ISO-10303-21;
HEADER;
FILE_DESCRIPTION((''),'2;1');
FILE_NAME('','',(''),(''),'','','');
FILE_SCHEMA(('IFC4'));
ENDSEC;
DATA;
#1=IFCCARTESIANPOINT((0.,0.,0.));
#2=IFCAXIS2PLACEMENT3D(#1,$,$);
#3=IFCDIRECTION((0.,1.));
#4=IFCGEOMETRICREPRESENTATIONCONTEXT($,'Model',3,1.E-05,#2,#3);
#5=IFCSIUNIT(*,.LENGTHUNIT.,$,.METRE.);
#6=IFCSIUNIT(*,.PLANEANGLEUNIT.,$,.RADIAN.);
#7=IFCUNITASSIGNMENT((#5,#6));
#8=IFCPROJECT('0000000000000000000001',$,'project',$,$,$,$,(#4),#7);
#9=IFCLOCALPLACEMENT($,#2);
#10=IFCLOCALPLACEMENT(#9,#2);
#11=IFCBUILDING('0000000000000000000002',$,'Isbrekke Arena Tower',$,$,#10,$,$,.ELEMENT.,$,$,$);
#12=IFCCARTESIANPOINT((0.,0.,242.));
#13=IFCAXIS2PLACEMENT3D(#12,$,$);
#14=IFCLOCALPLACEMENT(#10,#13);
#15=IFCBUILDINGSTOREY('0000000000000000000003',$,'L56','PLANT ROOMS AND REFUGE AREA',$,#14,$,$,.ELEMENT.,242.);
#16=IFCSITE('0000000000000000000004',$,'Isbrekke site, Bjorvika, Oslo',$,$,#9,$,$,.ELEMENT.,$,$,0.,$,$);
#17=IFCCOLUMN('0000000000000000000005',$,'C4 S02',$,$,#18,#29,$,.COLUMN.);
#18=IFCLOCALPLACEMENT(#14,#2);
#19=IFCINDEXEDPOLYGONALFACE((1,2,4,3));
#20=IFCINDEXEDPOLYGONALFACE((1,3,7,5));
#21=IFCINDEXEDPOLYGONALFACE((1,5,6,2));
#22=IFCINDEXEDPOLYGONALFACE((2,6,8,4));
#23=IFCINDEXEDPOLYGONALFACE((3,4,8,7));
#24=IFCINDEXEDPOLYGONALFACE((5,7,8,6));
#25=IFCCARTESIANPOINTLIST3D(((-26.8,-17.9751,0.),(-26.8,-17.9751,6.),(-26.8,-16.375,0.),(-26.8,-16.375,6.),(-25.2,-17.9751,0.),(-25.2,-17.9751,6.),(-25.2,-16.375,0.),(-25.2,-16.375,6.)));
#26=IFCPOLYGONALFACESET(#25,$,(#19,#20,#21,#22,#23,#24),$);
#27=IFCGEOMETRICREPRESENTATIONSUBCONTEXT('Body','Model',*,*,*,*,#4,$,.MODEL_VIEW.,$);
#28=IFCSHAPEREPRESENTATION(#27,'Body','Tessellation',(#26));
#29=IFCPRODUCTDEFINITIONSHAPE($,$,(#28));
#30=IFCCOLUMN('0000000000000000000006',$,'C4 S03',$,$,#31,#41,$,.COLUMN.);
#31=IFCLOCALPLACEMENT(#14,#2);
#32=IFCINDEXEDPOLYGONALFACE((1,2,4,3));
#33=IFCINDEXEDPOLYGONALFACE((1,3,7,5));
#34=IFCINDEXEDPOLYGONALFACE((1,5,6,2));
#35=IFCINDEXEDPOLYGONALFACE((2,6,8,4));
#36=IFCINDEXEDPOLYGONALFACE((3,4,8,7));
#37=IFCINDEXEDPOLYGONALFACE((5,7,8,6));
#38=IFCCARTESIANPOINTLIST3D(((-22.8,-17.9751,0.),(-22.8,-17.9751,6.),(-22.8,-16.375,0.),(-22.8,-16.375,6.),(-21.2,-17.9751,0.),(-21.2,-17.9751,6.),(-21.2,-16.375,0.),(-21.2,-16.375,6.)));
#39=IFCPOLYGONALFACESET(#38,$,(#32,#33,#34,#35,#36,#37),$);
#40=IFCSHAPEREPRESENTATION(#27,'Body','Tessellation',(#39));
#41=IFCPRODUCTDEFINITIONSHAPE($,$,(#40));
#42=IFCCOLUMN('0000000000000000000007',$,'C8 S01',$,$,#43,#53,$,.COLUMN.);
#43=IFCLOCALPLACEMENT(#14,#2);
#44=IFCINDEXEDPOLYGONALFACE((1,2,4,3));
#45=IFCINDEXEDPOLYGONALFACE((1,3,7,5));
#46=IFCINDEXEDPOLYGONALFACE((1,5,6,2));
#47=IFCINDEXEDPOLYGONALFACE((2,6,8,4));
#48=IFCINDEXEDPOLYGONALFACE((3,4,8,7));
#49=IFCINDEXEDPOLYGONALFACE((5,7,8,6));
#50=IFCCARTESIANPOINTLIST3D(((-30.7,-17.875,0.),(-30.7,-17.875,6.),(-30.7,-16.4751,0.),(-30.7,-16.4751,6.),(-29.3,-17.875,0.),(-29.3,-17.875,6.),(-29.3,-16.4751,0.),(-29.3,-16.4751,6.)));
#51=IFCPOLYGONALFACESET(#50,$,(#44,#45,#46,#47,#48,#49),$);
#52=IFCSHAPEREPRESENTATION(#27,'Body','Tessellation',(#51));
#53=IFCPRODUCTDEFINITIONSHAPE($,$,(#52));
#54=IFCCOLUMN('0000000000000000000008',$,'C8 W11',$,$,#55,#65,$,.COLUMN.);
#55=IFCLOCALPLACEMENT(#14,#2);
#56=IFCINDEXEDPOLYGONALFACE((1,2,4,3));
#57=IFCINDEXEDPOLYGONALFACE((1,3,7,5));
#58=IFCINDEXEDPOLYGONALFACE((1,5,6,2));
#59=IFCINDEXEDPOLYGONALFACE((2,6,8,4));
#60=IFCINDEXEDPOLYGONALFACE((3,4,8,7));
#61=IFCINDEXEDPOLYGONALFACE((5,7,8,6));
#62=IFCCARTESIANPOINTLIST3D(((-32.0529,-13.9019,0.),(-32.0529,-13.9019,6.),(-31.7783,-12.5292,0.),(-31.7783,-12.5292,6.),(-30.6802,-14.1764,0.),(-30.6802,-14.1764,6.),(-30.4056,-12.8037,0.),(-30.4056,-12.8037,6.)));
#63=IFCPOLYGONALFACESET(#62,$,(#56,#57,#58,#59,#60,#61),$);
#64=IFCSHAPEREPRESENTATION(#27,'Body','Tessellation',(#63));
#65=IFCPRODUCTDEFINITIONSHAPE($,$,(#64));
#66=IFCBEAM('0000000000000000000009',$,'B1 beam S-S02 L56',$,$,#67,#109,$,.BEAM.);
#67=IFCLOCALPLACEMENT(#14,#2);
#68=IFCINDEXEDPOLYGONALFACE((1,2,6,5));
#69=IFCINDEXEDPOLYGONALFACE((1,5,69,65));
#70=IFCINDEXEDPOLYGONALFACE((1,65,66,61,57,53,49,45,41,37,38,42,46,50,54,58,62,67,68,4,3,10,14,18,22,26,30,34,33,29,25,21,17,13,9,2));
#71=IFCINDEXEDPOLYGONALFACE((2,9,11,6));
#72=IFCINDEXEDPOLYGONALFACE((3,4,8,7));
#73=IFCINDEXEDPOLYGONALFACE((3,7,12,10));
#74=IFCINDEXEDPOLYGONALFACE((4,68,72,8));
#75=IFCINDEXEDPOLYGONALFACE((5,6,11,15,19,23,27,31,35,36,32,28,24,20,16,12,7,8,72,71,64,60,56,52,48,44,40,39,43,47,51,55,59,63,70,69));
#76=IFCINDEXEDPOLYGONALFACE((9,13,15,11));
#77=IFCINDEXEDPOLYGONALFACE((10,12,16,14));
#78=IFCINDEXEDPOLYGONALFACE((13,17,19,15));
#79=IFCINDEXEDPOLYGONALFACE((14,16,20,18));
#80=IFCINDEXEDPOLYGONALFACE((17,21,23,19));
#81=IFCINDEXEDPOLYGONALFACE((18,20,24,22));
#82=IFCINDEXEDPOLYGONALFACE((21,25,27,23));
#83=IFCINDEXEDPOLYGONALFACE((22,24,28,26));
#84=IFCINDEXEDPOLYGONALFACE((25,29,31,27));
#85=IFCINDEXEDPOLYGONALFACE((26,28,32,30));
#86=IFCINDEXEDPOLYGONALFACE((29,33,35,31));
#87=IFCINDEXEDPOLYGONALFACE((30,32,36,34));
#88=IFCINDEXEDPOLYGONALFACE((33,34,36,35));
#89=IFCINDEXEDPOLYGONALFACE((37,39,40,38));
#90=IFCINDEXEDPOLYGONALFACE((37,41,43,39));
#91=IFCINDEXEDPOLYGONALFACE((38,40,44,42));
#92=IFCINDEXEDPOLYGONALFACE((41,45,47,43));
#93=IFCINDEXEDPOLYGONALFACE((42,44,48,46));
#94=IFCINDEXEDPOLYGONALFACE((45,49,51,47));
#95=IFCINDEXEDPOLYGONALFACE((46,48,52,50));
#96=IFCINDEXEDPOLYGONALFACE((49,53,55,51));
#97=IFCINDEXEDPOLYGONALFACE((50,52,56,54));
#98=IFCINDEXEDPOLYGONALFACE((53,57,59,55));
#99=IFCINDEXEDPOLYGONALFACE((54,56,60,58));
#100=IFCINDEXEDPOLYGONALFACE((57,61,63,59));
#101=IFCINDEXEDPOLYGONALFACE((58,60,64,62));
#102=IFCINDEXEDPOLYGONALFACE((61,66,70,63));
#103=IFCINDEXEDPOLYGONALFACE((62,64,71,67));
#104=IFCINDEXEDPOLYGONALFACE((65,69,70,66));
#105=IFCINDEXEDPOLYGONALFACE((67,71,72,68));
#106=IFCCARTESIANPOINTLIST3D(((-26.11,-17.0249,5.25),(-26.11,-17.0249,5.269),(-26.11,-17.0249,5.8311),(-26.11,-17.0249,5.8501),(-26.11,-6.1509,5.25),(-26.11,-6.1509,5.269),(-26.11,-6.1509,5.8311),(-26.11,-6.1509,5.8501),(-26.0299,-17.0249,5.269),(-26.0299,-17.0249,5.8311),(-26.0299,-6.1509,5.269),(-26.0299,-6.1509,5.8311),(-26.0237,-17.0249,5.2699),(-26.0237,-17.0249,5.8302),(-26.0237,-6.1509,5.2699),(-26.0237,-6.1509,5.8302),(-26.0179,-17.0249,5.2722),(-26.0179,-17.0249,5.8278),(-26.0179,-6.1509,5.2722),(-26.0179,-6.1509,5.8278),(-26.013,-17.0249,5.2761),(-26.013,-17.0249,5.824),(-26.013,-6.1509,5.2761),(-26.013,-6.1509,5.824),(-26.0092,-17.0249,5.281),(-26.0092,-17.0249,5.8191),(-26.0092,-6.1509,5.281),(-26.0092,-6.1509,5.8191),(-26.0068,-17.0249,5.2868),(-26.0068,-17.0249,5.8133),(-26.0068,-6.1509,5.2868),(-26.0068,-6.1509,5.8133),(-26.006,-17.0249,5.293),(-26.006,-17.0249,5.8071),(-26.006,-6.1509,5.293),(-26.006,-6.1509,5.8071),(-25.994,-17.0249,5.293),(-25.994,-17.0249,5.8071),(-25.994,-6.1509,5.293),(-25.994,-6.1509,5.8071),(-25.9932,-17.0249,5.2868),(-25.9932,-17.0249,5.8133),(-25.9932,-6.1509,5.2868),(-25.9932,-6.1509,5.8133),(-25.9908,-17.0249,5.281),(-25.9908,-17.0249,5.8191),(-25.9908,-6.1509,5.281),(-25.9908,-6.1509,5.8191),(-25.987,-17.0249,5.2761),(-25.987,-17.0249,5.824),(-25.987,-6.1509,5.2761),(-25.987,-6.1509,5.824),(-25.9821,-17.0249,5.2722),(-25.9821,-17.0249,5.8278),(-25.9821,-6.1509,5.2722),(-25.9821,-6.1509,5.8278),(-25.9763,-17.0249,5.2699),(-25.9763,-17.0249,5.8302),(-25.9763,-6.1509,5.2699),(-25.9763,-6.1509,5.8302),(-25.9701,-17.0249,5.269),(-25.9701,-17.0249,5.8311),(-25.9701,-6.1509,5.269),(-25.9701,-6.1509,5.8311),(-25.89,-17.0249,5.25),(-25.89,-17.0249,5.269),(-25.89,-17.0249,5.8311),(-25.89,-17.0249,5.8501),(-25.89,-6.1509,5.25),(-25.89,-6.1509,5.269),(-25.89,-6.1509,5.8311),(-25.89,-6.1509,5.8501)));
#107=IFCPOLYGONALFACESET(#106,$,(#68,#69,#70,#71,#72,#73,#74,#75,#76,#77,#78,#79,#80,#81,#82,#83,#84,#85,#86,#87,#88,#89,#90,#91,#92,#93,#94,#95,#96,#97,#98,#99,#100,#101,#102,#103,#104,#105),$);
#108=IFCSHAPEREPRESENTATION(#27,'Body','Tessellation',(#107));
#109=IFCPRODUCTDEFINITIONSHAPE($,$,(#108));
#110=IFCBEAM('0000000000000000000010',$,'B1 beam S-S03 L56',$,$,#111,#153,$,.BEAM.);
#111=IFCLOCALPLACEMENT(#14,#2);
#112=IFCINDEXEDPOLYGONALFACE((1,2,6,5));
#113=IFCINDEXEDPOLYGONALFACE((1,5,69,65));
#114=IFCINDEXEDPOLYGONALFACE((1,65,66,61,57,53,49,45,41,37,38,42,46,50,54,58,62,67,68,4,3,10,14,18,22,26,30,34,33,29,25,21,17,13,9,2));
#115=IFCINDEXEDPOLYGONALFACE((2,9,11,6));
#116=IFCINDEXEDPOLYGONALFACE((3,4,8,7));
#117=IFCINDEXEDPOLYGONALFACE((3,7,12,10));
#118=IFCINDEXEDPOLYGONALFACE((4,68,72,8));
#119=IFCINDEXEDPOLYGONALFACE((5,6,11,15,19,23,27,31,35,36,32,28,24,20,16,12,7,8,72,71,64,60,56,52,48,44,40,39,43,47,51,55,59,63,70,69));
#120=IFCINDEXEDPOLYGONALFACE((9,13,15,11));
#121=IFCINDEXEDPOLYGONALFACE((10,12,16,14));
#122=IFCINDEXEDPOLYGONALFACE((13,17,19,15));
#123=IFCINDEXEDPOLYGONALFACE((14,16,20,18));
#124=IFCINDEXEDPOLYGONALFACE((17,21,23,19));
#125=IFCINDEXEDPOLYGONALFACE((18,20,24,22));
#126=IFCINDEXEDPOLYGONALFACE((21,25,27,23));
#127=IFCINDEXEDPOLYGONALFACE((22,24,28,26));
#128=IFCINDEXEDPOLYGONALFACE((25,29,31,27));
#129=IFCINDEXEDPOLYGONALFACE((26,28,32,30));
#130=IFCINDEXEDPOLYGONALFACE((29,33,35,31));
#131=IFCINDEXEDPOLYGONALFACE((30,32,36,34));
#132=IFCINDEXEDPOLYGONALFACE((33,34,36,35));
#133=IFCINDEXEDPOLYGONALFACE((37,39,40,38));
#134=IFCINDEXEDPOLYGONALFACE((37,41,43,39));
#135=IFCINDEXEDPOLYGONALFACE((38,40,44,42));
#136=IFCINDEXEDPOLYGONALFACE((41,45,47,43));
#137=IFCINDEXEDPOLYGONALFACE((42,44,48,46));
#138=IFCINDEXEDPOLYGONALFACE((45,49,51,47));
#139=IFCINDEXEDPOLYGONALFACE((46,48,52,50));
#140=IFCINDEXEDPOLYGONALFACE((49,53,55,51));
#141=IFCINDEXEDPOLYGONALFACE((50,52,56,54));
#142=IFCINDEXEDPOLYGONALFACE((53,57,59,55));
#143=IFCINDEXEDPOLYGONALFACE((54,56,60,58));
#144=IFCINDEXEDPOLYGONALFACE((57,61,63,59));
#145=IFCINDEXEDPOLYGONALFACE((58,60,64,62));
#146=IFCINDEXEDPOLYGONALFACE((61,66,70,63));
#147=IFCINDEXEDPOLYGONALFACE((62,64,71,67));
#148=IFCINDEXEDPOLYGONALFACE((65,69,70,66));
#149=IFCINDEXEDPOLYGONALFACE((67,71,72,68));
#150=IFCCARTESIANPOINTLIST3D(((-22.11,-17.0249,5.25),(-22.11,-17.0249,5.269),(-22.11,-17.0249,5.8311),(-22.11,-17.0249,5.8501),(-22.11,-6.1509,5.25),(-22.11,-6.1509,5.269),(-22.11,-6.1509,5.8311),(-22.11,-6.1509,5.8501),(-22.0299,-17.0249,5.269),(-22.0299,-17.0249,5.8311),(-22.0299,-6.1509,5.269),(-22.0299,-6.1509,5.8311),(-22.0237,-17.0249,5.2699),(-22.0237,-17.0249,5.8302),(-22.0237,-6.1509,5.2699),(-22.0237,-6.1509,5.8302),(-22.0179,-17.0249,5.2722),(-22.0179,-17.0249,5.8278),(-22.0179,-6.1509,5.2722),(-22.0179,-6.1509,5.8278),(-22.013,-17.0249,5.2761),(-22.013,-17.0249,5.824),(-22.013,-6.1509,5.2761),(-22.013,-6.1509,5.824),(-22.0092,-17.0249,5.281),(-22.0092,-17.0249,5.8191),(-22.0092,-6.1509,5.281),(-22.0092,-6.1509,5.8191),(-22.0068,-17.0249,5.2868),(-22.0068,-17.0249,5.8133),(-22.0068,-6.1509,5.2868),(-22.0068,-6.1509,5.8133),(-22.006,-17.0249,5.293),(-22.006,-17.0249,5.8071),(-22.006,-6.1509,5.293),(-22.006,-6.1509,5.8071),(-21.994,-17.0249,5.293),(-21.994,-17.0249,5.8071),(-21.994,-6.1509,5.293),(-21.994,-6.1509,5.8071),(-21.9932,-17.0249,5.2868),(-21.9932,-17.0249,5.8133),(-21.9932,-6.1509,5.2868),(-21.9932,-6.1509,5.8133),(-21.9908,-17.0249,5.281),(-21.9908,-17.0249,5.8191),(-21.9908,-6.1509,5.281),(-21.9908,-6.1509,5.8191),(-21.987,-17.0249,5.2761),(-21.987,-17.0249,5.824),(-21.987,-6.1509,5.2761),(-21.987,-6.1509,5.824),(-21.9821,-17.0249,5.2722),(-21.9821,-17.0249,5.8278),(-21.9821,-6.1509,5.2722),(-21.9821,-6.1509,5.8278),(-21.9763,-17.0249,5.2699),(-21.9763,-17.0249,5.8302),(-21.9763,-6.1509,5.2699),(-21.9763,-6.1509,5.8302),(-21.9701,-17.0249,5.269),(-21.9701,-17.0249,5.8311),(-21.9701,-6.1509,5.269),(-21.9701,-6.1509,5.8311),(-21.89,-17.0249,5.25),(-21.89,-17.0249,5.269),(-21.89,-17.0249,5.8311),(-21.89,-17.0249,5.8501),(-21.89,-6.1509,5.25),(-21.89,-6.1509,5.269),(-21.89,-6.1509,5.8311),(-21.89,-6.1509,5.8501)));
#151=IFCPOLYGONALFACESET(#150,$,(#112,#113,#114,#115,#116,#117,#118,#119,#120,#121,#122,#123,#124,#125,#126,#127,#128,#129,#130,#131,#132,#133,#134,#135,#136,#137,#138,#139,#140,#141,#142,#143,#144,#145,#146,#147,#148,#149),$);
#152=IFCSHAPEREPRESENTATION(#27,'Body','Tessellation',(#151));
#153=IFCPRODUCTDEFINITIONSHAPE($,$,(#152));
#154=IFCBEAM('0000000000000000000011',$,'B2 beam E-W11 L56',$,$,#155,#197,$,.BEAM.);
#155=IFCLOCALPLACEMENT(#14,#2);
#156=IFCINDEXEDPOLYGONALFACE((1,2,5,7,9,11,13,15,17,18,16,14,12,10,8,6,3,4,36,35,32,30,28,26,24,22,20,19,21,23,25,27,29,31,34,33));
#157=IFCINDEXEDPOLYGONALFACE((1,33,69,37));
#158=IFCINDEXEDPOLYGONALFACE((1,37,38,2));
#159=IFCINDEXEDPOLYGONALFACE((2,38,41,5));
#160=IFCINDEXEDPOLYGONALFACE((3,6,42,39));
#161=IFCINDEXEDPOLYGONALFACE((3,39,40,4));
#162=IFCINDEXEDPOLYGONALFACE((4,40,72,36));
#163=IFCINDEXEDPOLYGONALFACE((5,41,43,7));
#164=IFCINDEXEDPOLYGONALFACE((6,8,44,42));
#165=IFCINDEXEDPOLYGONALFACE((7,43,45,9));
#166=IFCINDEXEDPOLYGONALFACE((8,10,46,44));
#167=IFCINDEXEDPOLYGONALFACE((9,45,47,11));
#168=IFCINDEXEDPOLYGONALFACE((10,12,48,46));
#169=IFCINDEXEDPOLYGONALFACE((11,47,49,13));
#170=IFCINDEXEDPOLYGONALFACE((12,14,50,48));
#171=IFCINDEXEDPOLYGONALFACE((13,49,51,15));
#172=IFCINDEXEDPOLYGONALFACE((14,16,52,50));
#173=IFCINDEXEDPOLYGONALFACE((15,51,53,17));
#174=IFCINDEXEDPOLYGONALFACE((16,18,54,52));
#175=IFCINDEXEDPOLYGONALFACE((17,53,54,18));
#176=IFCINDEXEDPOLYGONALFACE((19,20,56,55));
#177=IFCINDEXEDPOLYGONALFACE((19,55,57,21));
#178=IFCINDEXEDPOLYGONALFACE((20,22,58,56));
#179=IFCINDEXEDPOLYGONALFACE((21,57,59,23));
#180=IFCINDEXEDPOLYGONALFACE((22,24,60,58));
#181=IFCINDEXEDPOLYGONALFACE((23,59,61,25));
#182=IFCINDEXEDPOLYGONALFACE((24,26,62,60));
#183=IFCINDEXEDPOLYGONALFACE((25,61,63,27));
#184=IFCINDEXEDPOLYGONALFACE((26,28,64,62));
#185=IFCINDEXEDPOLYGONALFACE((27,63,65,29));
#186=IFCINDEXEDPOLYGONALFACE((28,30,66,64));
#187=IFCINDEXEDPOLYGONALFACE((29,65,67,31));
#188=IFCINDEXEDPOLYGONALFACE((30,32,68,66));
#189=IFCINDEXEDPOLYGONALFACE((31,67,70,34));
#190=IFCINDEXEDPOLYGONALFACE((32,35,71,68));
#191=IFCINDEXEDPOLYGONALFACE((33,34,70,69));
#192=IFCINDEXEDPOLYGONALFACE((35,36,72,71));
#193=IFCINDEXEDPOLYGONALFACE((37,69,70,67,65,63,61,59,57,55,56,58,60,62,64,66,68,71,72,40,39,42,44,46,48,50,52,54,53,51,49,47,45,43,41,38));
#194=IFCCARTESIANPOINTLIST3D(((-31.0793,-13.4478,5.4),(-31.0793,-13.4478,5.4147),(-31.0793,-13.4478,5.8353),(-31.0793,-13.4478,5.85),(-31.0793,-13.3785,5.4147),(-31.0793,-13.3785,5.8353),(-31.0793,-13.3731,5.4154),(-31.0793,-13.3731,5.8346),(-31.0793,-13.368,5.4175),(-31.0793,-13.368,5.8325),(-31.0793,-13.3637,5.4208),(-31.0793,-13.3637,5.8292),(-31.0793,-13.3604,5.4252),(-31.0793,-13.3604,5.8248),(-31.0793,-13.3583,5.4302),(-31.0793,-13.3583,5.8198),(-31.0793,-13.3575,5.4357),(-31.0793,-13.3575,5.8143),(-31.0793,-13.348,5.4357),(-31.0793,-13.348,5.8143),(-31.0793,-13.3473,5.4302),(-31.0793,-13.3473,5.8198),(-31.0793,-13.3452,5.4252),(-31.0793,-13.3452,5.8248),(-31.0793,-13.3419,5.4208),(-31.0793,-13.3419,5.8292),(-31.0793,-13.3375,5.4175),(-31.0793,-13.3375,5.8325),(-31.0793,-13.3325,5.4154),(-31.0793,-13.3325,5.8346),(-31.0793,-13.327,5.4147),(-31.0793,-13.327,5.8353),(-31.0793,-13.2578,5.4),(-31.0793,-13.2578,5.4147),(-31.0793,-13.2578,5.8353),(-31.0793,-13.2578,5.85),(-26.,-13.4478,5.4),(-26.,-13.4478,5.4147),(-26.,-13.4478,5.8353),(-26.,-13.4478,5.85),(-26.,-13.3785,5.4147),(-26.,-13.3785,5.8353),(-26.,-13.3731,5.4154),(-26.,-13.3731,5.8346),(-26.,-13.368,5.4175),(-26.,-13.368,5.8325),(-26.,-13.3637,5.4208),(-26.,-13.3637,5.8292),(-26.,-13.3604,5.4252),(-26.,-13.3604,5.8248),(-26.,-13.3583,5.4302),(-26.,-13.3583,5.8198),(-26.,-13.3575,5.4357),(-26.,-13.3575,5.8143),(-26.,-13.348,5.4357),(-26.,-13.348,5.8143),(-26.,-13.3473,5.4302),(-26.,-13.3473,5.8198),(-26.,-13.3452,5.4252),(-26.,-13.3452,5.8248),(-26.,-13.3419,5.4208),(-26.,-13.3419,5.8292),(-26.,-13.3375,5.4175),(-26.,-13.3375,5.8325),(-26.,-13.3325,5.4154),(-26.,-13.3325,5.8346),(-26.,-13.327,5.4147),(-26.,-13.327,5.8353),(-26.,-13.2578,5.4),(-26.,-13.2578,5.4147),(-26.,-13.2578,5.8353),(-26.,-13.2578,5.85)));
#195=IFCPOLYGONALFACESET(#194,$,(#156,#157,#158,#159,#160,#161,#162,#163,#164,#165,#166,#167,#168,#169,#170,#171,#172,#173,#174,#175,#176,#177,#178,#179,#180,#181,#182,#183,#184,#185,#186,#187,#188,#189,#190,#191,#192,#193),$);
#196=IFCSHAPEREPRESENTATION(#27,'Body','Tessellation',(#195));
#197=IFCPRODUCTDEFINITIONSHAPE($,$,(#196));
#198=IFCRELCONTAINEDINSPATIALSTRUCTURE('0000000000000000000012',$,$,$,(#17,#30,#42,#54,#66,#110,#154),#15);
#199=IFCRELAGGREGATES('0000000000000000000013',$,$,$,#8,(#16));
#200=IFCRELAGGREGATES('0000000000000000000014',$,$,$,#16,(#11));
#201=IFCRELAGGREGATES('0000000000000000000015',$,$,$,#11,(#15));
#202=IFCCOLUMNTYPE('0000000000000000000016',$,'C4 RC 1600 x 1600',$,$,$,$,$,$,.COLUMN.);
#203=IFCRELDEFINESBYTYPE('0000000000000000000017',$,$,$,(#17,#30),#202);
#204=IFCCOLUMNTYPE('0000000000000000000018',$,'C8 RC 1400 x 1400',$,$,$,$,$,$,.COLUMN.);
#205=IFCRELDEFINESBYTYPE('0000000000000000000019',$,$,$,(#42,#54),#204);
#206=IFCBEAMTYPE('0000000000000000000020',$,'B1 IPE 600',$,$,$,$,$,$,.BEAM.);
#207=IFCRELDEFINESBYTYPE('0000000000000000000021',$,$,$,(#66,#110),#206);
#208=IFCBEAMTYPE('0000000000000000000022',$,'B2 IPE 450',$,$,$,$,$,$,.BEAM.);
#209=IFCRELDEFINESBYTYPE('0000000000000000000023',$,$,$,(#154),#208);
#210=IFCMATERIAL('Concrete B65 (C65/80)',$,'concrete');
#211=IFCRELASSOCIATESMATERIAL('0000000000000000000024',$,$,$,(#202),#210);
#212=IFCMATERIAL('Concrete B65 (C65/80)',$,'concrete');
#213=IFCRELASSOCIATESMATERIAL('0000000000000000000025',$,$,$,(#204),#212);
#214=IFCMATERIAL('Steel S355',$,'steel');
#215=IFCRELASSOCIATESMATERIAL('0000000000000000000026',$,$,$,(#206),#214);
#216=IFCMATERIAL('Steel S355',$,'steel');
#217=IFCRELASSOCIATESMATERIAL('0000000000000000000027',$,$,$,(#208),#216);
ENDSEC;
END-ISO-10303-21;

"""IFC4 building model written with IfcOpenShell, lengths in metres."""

from ifc_helpers import new_model, si_unit, direction, frame, origin, origin_2d, place, context, subcontext, project, spatial, rectangle, i_section, extrude, material, material_profile, profile_set, type_object, element, save


model = new_model("IFC4")

# Units and contexts
model_context = context("Model", 3, precision=1e-05, world=origin(), true_north=direction((0.0, 1.0)))
body_context = subcontext(model_context, "Body", "Model", "MODEL_VIEW")
ifc_project = project(units=[si_unit("LENGTHUNIT", "METRE"), si_unit("PLANEANGLEUNIT", "RADIAN")], contexts=[model_context])

# Site, building, storey
site_placement = place(None, origin())
site = spatial("IfcSite", under=ifc_project, at=site_placement, Name="Isbrekke site, Bjorvika, Oslo", CompositionType="ELEMENT", RefElevation=0.0)
building_placement = place(site_placement, origin())
building = spatial("IfcBuilding", under=site, at=building_placement, Name="Isbrekke Arena Tower", CompositionType="ELEMENT")
storey_placement = place(building_placement, frame((0.0, 0.0, 242.0)))
storey = spatial("IfcBuildingStorey", under=building, at=storey_placement, Name="L56", Description="PLANT ROOMS AND REFUGE AREA", CompositionType="ELEMENT", Elevation=242.0)

# Columns
ifc_material_1 = material(Name="Concrete B65 (C65/80)", Category="concrete")
ifc_material_profile_1 = material_profile(ifc_material_1, rectangle(XDim=1.6001, YDim=1.6001, at=origin_2d()), Name="RC 1600x1600")
ifc_profile_set_1 = profile_set([ifc_material_profile_1], Name="Concrete B65 (C65/80)")
column_type_1 = type_object("IfcColumnType", Name="C4 RC 1600 x 1600", PredefinedType="COLUMN", material=ifc_profile_set_1)
for number, where, z_axis, x_axis, name in (
    (1, (-26.0, -17.175, 0.0), (0.0, 0.0, 1.0), (1.0, 0.0, 0.0), "C4 S02"),
    (2, (-22.0, -17.175, 0.0), (0.0, 0.0, 1.0), (1.0, 0.0, 0.0), "C4 S03"),
):
    element("IfcColumn", number, at=place(storey_placement, frame(where, z_axis=z_axis, x_axis=x_axis)), inside=storey, type_object=column_type_1, Name=name, PredefinedType="COLUMN", context=body_context, shape_type="SweptSolid", body=[
        extrude(rectangle(XDim=1.6001, YDim=1.6001, at=origin_2d()), origin(), (0.0, 0.0, 1.0), 6.0),
    ])
ifc_material_2 = material(Name="Concrete B65 (C65/80)", Category="concrete")
ifc_material_profile_2 = material_profile(ifc_material_2, rectangle(XDim=1.3999, YDim=1.3999, at=origin_2d()), Name="RC 1400x1400")
ifc_profile_set_2 = profile_set([ifc_material_profile_2], Name="Concrete B65 (C65/80)")
column_type_2 = type_object("IfcColumnType", Name="C8 RC 1400 x 1400", PredefinedType="COLUMN", material=ifc_profile_set_2)
for number, where, z_axis, x_axis, name in (
    (3, (-30.0, -17.175, 0.0), (0.0, 0.0, 1.0), (1.0, 0.0, 0.0), "C8 S01"),
    (4, (-31.2292, -13.3528, 0.0), (0.0, 0.0, 1.0), (-0.196116, -0.980581, 0.0), "C8 W11"),
):
    element("IfcColumn", number, at=place(storey_placement, frame(where, z_axis=z_axis, x_axis=x_axis)), inside=storey, type_object=column_type_2, Name=name, PredefinedType="COLUMN", context=body_context, shape_type="SweptSolid", body=[
        extrude(rectangle(XDim=1.3999, YDim=1.3999, at=origin_2d()), origin(), (0.0, 0.0, 1.0), 6.0),
    ])

# Beams
ifc_material_3 = material(Name="Steel S355", Category="steel")
ifc_material_profile_3 = material_profile(ifc_material_3, i_section(OverallWidth=0.22, OverallDepth=0.6001, WebThickness=0.012, FlangeThickness=0.019, FilletRadius=0.0239, at=origin_2d()), Name="IPE 600")
ifc_profile_set_3 = profile_set([ifc_material_profile_3], Name="Steel S355")
beam_type_1 = type_object("IfcBeamType", Name="B1 IPE 600", PredefinedType="BEAM", material=ifc_profile_set_3)
for number, where, z_axis, x_axis, name in (
    (5, (-26.0, -17.0249, 5.55), (0.0, 1.0, 0.0), (-1.0, 0.0, 0.0), "B1 beam S-S02 L56"),
    (6, (-22.0, -17.0249, 5.55), (0.0, 1.0, 0.0), (-1.0, 0.0, 0.0), "B1 beam S-S03 L56"),
):
    element("IfcBeam", number, at=place(storey_placement, frame(where, z_axis=z_axis, x_axis=x_axis)), inside=storey, type_object=beam_type_1, Name=name, PredefinedType="BEAM", context=body_context, shape_type="SweptSolid", body=[
        extrude(i_section(OverallWidth=0.22, OverallDepth=0.6001, WebThickness=0.012, FlangeThickness=0.019, FilletRadius=0.0239, at=origin_2d()), origin(), (0.0, 0.0, 1.0), 10.874),
    ])
ifc_material_4 = material(Name="Steel S355", Category="steel")
ifc_material_profile_4 = material_profile(ifc_material_4, i_section(OverallWidth=0.1899, OverallDepth=0.45, WebThickness=0.0095, FlangeThickness=0.0146, FilletRadius=0.021, at=origin_2d()), Name="IPE 450")
ifc_profile_set_4 = profile_set([ifc_material_profile_4], Name="Steel S355")
beam_type_2 = type_object("IfcBeamType", Name="B2 IPE 450", PredefinedType="BEAM", material=ifc_profile_set_4)
beam_1_placement = place(storey_placement, frame((-31.0793, -13.3528, 5.625), z_axis=(1.0, 0.0, 0.0), x_axis=(0.0, 1.0, 0.0)))
element("IfcBeam", 7, at=beam_1_placement, inside=storey, type_object=beam_type_2, Name="B2 beam E-W11 L56", PredefinedType="BEAM", context=body_context, shape_type="SweptSolid", body=[
    extrude(i_section(OverallWidth=0.1899, OverallDepth=0.45, WebThickness=0.0095, FlangeThickness=0.0146, FilletRadius=0.021, at=origin_2d()), origin(), (0.0, 0.0, 1.0), 5.0793),
])

save(model, "model.ifc")
